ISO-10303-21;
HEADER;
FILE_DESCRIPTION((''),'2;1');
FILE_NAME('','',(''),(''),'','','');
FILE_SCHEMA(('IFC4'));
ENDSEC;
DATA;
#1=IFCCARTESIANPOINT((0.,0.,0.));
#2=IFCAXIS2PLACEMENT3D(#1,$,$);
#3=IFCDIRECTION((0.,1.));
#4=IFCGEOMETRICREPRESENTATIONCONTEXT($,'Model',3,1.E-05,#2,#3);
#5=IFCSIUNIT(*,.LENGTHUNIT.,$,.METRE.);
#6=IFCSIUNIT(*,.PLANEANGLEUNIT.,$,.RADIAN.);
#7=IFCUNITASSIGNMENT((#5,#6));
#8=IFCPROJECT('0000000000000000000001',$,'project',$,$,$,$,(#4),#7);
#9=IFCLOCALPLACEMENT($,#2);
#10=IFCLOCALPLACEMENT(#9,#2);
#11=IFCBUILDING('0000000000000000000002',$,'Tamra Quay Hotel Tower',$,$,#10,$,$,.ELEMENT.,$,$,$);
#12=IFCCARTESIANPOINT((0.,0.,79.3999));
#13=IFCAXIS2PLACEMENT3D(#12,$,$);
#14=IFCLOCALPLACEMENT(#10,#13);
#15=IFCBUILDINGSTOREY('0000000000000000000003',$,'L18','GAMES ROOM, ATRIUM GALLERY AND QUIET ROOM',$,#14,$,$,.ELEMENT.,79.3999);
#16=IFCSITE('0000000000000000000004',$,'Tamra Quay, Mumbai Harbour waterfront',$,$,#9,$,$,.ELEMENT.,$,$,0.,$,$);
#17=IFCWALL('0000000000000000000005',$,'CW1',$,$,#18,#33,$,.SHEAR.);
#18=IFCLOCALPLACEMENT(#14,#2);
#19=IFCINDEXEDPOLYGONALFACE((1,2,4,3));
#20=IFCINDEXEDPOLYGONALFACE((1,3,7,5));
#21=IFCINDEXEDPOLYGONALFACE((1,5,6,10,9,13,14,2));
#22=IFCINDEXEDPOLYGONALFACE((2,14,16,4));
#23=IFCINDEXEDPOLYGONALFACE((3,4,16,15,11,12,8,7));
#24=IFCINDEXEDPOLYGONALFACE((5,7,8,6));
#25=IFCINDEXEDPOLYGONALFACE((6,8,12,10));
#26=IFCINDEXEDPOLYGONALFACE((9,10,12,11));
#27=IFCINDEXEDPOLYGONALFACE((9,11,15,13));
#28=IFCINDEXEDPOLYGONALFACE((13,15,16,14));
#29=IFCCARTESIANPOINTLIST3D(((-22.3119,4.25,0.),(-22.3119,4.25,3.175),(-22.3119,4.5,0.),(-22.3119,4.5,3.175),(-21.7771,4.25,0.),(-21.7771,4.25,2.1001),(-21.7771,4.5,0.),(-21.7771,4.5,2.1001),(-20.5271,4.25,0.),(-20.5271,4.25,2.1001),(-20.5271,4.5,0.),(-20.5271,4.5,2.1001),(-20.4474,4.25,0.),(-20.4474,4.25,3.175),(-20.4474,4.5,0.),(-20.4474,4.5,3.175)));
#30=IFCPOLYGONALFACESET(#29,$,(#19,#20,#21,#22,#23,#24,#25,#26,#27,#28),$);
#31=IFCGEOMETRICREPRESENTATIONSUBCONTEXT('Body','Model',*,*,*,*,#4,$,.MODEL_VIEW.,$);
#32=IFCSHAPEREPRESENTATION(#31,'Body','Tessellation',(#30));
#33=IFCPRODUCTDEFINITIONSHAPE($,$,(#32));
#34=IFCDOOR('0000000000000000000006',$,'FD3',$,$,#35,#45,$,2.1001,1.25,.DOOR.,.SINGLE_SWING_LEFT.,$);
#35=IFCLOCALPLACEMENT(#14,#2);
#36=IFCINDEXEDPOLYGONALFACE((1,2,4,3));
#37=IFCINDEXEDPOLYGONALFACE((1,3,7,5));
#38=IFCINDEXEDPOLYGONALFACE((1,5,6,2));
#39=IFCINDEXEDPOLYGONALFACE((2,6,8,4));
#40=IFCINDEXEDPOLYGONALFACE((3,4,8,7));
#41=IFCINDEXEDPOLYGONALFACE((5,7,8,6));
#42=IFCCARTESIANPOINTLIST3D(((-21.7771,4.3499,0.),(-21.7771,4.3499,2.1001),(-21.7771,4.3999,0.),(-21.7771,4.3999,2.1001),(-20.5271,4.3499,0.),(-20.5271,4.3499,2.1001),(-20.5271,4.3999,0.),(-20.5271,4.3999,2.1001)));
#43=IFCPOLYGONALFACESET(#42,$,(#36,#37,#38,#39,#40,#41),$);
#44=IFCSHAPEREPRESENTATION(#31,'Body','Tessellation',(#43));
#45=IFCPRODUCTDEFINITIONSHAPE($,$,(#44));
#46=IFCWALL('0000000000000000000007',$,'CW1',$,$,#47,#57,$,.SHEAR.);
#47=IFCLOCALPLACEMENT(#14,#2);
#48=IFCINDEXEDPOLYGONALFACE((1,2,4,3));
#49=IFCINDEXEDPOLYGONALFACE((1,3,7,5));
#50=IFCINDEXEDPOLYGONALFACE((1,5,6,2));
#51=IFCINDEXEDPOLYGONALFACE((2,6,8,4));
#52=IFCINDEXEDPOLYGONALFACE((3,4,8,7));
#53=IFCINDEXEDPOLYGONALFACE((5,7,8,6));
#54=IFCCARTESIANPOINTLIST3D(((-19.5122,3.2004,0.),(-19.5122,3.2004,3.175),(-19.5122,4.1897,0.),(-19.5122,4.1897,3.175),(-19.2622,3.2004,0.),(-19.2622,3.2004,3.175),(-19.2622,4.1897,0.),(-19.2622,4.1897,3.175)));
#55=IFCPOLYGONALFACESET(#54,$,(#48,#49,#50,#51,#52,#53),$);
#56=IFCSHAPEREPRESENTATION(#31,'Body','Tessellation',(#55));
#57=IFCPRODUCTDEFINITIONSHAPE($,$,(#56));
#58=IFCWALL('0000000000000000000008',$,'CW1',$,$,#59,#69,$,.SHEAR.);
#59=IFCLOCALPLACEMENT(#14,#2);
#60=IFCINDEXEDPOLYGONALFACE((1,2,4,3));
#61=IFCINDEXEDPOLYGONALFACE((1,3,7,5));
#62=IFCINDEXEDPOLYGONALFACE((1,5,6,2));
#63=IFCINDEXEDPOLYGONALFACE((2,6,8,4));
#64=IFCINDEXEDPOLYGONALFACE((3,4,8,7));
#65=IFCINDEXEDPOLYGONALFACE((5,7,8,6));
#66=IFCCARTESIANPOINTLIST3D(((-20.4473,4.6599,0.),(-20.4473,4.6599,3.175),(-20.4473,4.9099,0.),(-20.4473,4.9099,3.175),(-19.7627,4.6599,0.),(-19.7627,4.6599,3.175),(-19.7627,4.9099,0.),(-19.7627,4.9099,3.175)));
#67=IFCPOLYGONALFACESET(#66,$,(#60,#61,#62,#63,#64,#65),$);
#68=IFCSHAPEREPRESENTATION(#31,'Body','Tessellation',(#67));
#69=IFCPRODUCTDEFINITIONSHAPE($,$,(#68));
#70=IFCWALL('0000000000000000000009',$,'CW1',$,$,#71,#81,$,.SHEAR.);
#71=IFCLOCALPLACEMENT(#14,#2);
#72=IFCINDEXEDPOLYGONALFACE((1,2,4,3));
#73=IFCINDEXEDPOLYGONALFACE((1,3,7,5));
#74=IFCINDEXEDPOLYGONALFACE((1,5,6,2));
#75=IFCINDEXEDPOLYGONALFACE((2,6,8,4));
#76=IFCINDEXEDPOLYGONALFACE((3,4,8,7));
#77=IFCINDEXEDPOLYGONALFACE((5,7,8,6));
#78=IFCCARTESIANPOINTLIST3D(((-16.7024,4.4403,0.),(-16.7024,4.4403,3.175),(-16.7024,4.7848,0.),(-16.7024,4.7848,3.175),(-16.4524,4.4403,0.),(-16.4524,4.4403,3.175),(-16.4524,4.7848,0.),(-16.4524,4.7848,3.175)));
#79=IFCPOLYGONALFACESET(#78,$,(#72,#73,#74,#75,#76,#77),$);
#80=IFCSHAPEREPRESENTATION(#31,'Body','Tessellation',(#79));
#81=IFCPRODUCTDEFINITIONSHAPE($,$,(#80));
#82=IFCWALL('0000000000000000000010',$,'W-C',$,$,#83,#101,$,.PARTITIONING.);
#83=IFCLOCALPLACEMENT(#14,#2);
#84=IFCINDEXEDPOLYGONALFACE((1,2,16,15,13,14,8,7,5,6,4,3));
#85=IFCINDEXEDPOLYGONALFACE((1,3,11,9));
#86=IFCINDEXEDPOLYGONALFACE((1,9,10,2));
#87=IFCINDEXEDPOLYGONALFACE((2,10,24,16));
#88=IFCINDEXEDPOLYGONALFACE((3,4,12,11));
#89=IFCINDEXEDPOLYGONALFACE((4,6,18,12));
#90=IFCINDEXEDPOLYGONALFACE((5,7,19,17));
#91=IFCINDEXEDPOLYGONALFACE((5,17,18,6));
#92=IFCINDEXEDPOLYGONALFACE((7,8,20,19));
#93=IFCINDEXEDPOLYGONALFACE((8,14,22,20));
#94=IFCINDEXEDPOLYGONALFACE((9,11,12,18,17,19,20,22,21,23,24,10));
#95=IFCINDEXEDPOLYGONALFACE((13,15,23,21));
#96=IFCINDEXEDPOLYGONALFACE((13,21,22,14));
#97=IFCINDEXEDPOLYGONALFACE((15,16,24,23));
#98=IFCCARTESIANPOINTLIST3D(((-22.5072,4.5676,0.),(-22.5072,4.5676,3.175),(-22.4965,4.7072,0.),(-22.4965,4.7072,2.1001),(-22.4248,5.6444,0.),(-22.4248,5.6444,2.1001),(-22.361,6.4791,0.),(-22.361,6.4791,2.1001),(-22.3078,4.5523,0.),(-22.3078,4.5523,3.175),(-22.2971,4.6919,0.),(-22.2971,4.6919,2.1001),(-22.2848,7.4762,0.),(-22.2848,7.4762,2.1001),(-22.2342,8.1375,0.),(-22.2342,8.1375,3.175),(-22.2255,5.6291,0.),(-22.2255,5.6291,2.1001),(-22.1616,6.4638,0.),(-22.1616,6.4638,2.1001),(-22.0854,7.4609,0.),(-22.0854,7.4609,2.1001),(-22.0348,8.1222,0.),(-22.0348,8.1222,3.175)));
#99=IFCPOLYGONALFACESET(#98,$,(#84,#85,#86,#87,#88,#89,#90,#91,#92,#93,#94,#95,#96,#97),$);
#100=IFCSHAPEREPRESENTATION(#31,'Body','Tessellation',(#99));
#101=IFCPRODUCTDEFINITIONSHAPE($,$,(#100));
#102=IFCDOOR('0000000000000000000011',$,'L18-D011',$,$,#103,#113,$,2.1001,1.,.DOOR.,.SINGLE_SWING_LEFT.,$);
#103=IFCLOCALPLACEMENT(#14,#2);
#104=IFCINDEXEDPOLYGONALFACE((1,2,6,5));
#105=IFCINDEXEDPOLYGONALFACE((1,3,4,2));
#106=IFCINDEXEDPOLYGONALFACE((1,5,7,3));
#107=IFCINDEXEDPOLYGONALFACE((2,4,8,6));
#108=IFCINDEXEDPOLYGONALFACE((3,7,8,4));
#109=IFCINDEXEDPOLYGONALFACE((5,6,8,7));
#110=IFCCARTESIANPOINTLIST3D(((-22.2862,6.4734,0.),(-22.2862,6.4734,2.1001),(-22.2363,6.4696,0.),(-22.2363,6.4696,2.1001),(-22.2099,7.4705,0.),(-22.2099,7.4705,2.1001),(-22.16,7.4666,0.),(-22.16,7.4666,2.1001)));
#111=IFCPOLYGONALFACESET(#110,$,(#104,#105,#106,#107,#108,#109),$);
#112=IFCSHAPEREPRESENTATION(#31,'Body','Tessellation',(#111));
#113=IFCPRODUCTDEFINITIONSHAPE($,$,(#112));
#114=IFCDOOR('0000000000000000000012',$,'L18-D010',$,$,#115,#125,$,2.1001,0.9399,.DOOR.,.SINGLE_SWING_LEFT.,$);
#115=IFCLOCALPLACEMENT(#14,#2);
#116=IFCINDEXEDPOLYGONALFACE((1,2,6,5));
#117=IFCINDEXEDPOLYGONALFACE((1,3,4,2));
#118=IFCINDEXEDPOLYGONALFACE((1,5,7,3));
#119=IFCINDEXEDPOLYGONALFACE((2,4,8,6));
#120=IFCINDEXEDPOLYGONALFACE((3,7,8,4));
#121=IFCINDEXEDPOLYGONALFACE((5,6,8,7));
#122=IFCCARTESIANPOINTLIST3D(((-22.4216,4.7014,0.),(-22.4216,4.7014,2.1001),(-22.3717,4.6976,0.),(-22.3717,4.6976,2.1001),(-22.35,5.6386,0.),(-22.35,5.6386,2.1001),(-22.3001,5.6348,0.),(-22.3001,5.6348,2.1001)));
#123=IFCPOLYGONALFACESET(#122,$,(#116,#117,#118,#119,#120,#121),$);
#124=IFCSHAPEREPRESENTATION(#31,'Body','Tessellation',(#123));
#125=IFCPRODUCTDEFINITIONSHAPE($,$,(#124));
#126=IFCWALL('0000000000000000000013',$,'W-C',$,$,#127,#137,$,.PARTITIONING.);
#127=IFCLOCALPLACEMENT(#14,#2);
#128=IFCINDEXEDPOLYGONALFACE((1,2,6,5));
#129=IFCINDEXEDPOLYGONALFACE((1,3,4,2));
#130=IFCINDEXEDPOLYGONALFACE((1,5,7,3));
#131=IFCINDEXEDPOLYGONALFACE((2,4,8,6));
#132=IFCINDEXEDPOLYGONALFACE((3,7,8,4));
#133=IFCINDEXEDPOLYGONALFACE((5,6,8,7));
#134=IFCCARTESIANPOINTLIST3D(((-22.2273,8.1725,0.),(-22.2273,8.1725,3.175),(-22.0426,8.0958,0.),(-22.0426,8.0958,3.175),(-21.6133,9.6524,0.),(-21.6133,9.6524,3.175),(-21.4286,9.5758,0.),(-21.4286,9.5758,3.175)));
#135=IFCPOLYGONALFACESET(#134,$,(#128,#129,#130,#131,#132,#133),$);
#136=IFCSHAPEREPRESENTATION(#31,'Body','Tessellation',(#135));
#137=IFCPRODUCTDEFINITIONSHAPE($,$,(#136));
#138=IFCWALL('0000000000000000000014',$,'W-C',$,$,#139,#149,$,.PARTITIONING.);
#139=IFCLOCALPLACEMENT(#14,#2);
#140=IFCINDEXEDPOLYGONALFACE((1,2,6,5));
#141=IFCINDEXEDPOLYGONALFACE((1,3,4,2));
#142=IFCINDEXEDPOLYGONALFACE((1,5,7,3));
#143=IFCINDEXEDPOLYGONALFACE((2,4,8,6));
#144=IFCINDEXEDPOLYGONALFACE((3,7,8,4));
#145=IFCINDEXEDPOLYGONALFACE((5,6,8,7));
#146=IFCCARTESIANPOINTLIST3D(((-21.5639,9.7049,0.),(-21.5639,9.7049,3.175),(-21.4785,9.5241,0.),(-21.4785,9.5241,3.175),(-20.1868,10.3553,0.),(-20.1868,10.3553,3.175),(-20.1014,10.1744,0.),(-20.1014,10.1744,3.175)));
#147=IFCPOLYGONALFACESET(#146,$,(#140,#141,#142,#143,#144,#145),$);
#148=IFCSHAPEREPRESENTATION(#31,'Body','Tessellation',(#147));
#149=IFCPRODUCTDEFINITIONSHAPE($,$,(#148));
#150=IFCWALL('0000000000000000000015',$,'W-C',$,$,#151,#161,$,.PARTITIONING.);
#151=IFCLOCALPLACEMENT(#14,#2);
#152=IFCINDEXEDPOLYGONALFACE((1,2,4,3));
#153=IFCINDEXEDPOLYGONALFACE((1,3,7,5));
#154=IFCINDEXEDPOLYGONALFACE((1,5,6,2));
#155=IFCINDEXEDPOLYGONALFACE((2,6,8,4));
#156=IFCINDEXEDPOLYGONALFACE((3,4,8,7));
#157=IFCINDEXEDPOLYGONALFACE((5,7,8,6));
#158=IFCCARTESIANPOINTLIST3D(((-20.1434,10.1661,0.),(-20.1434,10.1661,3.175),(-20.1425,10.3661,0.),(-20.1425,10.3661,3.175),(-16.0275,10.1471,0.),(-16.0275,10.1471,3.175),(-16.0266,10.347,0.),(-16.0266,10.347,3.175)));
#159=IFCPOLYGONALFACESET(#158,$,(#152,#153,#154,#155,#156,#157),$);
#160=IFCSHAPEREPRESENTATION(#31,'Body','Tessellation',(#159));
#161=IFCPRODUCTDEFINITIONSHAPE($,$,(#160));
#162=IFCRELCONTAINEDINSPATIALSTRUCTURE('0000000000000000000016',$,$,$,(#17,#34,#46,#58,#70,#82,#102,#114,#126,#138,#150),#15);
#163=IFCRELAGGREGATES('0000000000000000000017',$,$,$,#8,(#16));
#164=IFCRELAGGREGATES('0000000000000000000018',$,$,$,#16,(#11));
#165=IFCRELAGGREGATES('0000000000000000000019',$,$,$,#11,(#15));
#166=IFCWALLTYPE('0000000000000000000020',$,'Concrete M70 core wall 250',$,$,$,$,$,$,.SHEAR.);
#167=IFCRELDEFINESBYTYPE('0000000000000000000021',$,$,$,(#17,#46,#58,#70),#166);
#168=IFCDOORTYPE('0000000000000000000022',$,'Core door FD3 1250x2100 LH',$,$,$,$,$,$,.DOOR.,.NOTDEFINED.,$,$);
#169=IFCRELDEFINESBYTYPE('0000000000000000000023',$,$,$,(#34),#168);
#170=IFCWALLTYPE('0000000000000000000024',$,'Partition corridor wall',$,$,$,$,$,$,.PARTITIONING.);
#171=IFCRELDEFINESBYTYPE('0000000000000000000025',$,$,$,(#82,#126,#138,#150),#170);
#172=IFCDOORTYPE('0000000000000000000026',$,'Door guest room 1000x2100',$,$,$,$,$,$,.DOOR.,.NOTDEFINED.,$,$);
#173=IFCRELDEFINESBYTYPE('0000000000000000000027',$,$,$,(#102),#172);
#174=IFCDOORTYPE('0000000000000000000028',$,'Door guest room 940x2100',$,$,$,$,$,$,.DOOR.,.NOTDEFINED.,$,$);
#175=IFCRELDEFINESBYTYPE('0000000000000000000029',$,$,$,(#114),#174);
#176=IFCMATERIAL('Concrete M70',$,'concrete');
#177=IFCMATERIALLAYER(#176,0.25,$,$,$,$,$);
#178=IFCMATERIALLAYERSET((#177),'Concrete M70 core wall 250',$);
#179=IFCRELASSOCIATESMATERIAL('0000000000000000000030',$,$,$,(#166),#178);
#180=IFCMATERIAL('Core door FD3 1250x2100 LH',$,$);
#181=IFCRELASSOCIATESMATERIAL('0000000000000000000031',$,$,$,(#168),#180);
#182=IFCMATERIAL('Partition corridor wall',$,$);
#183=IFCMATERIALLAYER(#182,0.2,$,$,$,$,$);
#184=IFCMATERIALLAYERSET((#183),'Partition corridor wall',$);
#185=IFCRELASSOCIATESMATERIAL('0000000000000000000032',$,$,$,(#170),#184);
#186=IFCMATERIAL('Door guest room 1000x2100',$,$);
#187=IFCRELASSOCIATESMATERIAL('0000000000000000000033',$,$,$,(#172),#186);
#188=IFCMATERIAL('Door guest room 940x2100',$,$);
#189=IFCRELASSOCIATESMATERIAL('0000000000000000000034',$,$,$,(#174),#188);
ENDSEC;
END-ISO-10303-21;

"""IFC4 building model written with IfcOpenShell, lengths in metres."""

from ifc_helpers import new_model, si_unit, direction, frame, frame_2d, origin, place, context, subcontext, project, spatial, rectangle, extrude, material, layer, layer_set, type_object, element, fill, save


model = new_model("IFC4")

# Units and contexts
model_context = context("Model", 3, precision=1e-05, world=origin(), true_north=direction((0.0, 1.0)))
body_context = subcontext(model_context, "Body", "Model", "MODEL_VIEW")
ifc_project = project(units=[si_unit("LENGTHUNIT", "METRE"), si_unit("PLANEANGLEUNIT", "RADIAN")], contexts=[model_context])

# Site, building, storey
site_placement = place(None, origin())
site = spatial("IfcSite", under=ifc_project, at=site_placement, Name="Tamra Quay, Mumbai Harbour waterfront", CompositionType="ELEMENT", RefElevation=0.0)
building_placement = place(site_placement, origin())
building = spatial("IfcBuilding", under=site, at=building_placement, Name="Tamra Quay Hotel Tower", CompositionType="ELEMENT")
storey_placement = place(building_placement, frame((0.0, 0.0, 79.3999)))
storey = spatial("IfcBuildingStorey", under=building, at=storey_placement, Name="L18", Description="GAMES ROOM, ATRIUM GALLERY AND QUIET ROOM", CompositionType="ELEMENT", Elevation=79.3999)

# Shared definitions
ifc_material_1 = material(Name="Concrete M70", Category="concrete")

# Shared definitions
ifc_layer_1 = layer(ifc_material_1, 0.25)
ifc_layer_set_1 = layer_set([ifc_layer_1], Name="Concrete M70 core wall 250")
wall_type_1 = type_object("IfcWallType", Name="Concrete M70 core wall 250", PredefinedType="SHEAR", material=ifc_layer_set_1)

# Wall, opening, door
wall_1_placement = place(storey_placement, frame((-22.3118, 4.375, 0.0), z_axis=(0.0, 0.0, 1.0), x_axis=(1.0, 0.0, 0.0)))
wall_1 = element("IfcWall", 1, at=wall_1_placement, inside=storey, type_object=wall_type_1, Name="CW1", PredefinedType="SHEAR", context=body_context, shape_type="SweptSolid", body=[
    extrude(rectangle(XDim=1.8645, YDim=0.25, at=frame_2d((0.9321, 0.0))), origin(), (0.0, 0.0, 1.0), 3.175),
])
opening_1_placement = place(wall_1_placement, frame((0.5347, 0.0, 0.0)))
opening_1 = element("IfcOpeningElement", 2, at=opening_1_placement, cuts=wall_1, PredefinedType="OPENING", context=body_context, shape_type="SweptSolid", body=[
    extrude(rectangle(XDim=1.25, YDim=2.1001, at=frame_2d((0.625, 1.05))), frame((0.0, 0.135, 0.0), z_axis=(0.0, -1.0, 0.0), x_axis=(1.0, 0.0, 0.0)), (0.0, 0.0, 1.0), 0.27),
])
ifc_material_2 = material(Name="Core door FD3 1250x2100 LH")
door_type_1 = type_object("IfcDoorType", Name="Core door FD3 1250x2100 LH", OperationType="NOTDEFINED", PredefinedType="DOOR", material=ifc_material_2)
door_1_placement = place(opening_1_placement, origin())
door_1 = element("IfcDoor", 3, at=door_1_placement, inside=storey, type_object=door_type_1, Name="FD3", OperationType="SINGLE_SWING_LEFT", OverallHeight=2.1001, OverallWidth=1.25, PredefinedType="DOOR", context=body_context, shape_type="SweptSolid", body=[
    extrude(rectangle(XDim=1.25, YDim=2.1001, at=frame_2d((0.625, 1.05))), frame((0.0, 0.0249, 0.0), z_axis=(0.0, -1.0, 0.0), x_axis=(1.0, 0.0, 0.0)), (0.0, 0.0, 1.0), 0.05),
])
fill(opening_1, door_1)

# Walls
wall_2_placement = place(storey_placement, frame((-19.3872, 4.1897, 0.0), z_axis=(0.0, 0.0, 1.0), x_axis=(0.0, -1.0, 0.0)))
element("IfcWall", 4, at=wall_2_placement, inside=storey, type_object=wall_type_1, Name="CW1", PredefinedType="SHEAR", context=body_context, shape_type="SweptSolid", body=[
    extrude(rectangle(XDim=0.9893, YDim=0.25, at=frame_2d((0.4946, 0.0))), origin(), (0.0, 0.0, 1.0), 3.175),
])
wall_3_placement = place(storey_placement, frame((-20.4473, 4.7849, 0.0), z_axis=(0.0, 0.0, 1.0), x_axis=(1.0, 0.0, 0.0)))
element("IfcWall", 5, at=wall_3_placement, inside=storey, type_object=wall_type_1, Name="CW1", PredefinedType="SHEAR", context=body_context, shape_type="SweptSolid", body=[
    extrude(rectangle(XDim=0.6846, YDim=0.25, at=frame_2d((0.3423, 0.0))), origin(), (0.0, 0.0, 1.0), 3.175),
])
wall_4_placement = place(storey_placement, frame((-16.5774, 4.7849, 0.0), z_axis=(0.0, 0.0, 1.0), x_axis=(0.0, -1.0, 0.0)))
element("IfcWall", 6, at=wall_4_placement, inside=storey, type_object=wall_type_1, Name="CW1", PredefinedType="SHEAR", context=body_context, shape_type="SweptSolid", body=[
    extrude(rectangle(XDim=0.3445, YDim=0.25, at=frame_2d((0.1724, 0.0))), origin(), (0.0, 0.0, 1.0), 3.175),
])

# Wall, openings, doors
ifc_material_3 = material(Name="Partition corridor wall")
ifc_layer_2 = layer(ifc_material_3, 0.2)
ifc_layer_set_2 = layer_set([ifc_layer_2], Name="Partition corridor wall")
wall_type_2 = type_object("IfcWallType", Name="Partition corridor wall", PredefinedType="PARTITIONING", material=ifc_layer_set_2)
wall_5_placement = place(storey_placement, frame((-22.4075, 4.5601, 0.0), z_axis=(0.0, 0.0, 1.0), x_axis=(0.076238, 0.99709, 0.0)))
wall_5 = element("IfcWall", 7, at=wall_5_placement, inside=storey, type_object=wall_type_2, Name="W-C", PredefinedType="PARTITIONING", context=body_context, shape_type="SweptSolid", body=[
    extrude(rectangle(XDim=3.5803, YDim=0.2, at=frame_2d((1.79, 0.0))), origin(), (0.0, 0.0, 1.0), 3.175),
])
opening_2_placement = place(wall_5_placement, frame((0.1399, 0.0, 0.0)))
opening_2 = element("IfcOpeningElement", 8, at=opening_2_placement, cuts=wall_5, PredefinedType="OPENING", context=body_context, shape_type="SweptSolid", body=[
    extrude(rectangle(XDim=0.9399, YDim=2.1001, at=frame_2d((0.47, 1.05))), frame((0.0, 0.1099, 0.0), z_axis=(0.0, -1.0, 0.0), x_axis=(1.0, 0.0, 0.0)), (0.0, 0.0, 1.0), 0.22),
])
opening_3_placement = place(wall_5_placement, frame((1.917, 0.0, 0.0)))
opening_3 = element("IfcOpeningElement", 9, at=opening_3_placement, cuts=wall_5, PredefinedType="OPENING", context=body_context, shape_type="SweptSolid", body=[
    extrude(rectangle(XDim=1.0, YDim=2.1001, at=frame_2d((0.5, 1.05))), frame((0.0, 0.1099, 0.0), z_axis=(0.0, -1.0, 0.0), x_axis=(1.0, 0.0, 0.0)), (0.0, 0.0, 1.0), 0.22),
])
ifc_material_4 = material(Name="Door guest room 1000x2100")
door_type_2 = type_object("IfcDoorType", Name="Door guest room 1000x2100", OperationType="NOTDEFINED", PredefinedType="DOOR", material=ifc_material_4)
door_2_placement = place(opening_3_placement, origin())
door_2 = element("IfcDoor", 10, at=door_2_placement, inside=storey, type_object=door_type_2, Name="L18-D011", OperationType="SINGLE_SWING_LEFT", OverallHeight=2.1001, OverallWidth=1.0, PredefinedType="DOOR", context=body_context, shape_type="SweptSolid", body=[
    extrude(rectangle(XDim=1.0, YDim=2.1001, at=frame_2d((0.5, 1.05))), frame((0.0, 0.0249, 0.0), z_axis=(0.0, -1.0, 0.0), x_axis=(1.0, 0.0, 0.0)), (0.0, 0.0, 1.0), 0.05),
])
fill(opening_3, door_2)
ifc_material_5 = material(Name="Door guest room 940x2100")
door_type_3 = type_object("IfcDoorType", Name="Door guest room 940x2100", OperationType="NOTDEFINED", PredefinedType="DOOR", material=ifc_material_5)
door_3_placement = place(opening_2_placement, origin())
door_3 = element("IfcDoor", 11, at=door_3_placement, inside=storey, type_object=door_type_3, Name="L18-D010", OperationType="SINGLE_SWING_LEFT", OverallHeight=2.1001, OverallWidth=0.9399, PredefinedType="DOOR", context=body_context, shape_type="SweptSolid", body=[
    extrude(rectangle(XDim=0.9399, YDim=2.1001, at=frame_2d((0.47, 1.05))), frame((0.0, 0.0249, 0.0), z_axis=(0.0, -1.0, 0.0), x_axis=(1.0, 0.0, 0.0)), (0.0, 0.0, 1.0), 0.05),
])
fill(opening_2, door_3)

# Walls
wall_6_placement = place(storey_placement, frame((-22.135, 8.134, 0.0), z_axis=(0.0, 0.0, 1.0), x_axis=(0.383208, 0.923662, 0.0)))
element("IfcWall", 12, at=wall_6_placement, inside=storey, type_object=wall_type_2, Name="W-C", PredefinedType="PARTITIONING", context=body_context, shape_type="SweptSolid", body=[
    extrude(rectangle(XDim=1.6023, YDim=0.2, at=frame_2d((0.8013, 0.0))), origin(), (0.0, 0.0, 1.0), 3.175),
])
wall_7_placement = place(storey_placement, frame((-21.5212, 9.6145, 0.0), z_axis=(0.0, 0.0, 1.0), x_axis=(0.904237, 0.427032, 0.0)))
element("IfcWall", 13, at=wall_7_placement, inside=storey, type_object=wall_type_2, Name="W-C", PredefinedType="PARTITIONING", context=body_context, shape_type="SweptSolid", body=[
    extrude(rectangle(XDim=1.5229, YDim=0.2, at=frame_2d((0.7615, 0.0))), origin(), (0.0, 0.0, 1.0), 3.175),
])
wall_8_placement = place(storey_placement, frame((-20.1431, 10.2661, 0.0), z_axis=(0.0, 0.0, 1.0), x_axis=(0.999989, -0.004627, 0.0)))
element("IfcWall", 14, at=wall_8_placement, inside=storey, type_object=wall_type_2, Name="W-C", PredefinedType="PARTITIONING", context=body_context, shape_type="SweptSolid", body=[
    extrude(rectangle(XDim=4.116, YDim=0.2, at=frame_2d((2.0581, 0.0))), origin(), (0.0, 0.0, 1.0), 3.175),
])

save(model, "model.ifc")
